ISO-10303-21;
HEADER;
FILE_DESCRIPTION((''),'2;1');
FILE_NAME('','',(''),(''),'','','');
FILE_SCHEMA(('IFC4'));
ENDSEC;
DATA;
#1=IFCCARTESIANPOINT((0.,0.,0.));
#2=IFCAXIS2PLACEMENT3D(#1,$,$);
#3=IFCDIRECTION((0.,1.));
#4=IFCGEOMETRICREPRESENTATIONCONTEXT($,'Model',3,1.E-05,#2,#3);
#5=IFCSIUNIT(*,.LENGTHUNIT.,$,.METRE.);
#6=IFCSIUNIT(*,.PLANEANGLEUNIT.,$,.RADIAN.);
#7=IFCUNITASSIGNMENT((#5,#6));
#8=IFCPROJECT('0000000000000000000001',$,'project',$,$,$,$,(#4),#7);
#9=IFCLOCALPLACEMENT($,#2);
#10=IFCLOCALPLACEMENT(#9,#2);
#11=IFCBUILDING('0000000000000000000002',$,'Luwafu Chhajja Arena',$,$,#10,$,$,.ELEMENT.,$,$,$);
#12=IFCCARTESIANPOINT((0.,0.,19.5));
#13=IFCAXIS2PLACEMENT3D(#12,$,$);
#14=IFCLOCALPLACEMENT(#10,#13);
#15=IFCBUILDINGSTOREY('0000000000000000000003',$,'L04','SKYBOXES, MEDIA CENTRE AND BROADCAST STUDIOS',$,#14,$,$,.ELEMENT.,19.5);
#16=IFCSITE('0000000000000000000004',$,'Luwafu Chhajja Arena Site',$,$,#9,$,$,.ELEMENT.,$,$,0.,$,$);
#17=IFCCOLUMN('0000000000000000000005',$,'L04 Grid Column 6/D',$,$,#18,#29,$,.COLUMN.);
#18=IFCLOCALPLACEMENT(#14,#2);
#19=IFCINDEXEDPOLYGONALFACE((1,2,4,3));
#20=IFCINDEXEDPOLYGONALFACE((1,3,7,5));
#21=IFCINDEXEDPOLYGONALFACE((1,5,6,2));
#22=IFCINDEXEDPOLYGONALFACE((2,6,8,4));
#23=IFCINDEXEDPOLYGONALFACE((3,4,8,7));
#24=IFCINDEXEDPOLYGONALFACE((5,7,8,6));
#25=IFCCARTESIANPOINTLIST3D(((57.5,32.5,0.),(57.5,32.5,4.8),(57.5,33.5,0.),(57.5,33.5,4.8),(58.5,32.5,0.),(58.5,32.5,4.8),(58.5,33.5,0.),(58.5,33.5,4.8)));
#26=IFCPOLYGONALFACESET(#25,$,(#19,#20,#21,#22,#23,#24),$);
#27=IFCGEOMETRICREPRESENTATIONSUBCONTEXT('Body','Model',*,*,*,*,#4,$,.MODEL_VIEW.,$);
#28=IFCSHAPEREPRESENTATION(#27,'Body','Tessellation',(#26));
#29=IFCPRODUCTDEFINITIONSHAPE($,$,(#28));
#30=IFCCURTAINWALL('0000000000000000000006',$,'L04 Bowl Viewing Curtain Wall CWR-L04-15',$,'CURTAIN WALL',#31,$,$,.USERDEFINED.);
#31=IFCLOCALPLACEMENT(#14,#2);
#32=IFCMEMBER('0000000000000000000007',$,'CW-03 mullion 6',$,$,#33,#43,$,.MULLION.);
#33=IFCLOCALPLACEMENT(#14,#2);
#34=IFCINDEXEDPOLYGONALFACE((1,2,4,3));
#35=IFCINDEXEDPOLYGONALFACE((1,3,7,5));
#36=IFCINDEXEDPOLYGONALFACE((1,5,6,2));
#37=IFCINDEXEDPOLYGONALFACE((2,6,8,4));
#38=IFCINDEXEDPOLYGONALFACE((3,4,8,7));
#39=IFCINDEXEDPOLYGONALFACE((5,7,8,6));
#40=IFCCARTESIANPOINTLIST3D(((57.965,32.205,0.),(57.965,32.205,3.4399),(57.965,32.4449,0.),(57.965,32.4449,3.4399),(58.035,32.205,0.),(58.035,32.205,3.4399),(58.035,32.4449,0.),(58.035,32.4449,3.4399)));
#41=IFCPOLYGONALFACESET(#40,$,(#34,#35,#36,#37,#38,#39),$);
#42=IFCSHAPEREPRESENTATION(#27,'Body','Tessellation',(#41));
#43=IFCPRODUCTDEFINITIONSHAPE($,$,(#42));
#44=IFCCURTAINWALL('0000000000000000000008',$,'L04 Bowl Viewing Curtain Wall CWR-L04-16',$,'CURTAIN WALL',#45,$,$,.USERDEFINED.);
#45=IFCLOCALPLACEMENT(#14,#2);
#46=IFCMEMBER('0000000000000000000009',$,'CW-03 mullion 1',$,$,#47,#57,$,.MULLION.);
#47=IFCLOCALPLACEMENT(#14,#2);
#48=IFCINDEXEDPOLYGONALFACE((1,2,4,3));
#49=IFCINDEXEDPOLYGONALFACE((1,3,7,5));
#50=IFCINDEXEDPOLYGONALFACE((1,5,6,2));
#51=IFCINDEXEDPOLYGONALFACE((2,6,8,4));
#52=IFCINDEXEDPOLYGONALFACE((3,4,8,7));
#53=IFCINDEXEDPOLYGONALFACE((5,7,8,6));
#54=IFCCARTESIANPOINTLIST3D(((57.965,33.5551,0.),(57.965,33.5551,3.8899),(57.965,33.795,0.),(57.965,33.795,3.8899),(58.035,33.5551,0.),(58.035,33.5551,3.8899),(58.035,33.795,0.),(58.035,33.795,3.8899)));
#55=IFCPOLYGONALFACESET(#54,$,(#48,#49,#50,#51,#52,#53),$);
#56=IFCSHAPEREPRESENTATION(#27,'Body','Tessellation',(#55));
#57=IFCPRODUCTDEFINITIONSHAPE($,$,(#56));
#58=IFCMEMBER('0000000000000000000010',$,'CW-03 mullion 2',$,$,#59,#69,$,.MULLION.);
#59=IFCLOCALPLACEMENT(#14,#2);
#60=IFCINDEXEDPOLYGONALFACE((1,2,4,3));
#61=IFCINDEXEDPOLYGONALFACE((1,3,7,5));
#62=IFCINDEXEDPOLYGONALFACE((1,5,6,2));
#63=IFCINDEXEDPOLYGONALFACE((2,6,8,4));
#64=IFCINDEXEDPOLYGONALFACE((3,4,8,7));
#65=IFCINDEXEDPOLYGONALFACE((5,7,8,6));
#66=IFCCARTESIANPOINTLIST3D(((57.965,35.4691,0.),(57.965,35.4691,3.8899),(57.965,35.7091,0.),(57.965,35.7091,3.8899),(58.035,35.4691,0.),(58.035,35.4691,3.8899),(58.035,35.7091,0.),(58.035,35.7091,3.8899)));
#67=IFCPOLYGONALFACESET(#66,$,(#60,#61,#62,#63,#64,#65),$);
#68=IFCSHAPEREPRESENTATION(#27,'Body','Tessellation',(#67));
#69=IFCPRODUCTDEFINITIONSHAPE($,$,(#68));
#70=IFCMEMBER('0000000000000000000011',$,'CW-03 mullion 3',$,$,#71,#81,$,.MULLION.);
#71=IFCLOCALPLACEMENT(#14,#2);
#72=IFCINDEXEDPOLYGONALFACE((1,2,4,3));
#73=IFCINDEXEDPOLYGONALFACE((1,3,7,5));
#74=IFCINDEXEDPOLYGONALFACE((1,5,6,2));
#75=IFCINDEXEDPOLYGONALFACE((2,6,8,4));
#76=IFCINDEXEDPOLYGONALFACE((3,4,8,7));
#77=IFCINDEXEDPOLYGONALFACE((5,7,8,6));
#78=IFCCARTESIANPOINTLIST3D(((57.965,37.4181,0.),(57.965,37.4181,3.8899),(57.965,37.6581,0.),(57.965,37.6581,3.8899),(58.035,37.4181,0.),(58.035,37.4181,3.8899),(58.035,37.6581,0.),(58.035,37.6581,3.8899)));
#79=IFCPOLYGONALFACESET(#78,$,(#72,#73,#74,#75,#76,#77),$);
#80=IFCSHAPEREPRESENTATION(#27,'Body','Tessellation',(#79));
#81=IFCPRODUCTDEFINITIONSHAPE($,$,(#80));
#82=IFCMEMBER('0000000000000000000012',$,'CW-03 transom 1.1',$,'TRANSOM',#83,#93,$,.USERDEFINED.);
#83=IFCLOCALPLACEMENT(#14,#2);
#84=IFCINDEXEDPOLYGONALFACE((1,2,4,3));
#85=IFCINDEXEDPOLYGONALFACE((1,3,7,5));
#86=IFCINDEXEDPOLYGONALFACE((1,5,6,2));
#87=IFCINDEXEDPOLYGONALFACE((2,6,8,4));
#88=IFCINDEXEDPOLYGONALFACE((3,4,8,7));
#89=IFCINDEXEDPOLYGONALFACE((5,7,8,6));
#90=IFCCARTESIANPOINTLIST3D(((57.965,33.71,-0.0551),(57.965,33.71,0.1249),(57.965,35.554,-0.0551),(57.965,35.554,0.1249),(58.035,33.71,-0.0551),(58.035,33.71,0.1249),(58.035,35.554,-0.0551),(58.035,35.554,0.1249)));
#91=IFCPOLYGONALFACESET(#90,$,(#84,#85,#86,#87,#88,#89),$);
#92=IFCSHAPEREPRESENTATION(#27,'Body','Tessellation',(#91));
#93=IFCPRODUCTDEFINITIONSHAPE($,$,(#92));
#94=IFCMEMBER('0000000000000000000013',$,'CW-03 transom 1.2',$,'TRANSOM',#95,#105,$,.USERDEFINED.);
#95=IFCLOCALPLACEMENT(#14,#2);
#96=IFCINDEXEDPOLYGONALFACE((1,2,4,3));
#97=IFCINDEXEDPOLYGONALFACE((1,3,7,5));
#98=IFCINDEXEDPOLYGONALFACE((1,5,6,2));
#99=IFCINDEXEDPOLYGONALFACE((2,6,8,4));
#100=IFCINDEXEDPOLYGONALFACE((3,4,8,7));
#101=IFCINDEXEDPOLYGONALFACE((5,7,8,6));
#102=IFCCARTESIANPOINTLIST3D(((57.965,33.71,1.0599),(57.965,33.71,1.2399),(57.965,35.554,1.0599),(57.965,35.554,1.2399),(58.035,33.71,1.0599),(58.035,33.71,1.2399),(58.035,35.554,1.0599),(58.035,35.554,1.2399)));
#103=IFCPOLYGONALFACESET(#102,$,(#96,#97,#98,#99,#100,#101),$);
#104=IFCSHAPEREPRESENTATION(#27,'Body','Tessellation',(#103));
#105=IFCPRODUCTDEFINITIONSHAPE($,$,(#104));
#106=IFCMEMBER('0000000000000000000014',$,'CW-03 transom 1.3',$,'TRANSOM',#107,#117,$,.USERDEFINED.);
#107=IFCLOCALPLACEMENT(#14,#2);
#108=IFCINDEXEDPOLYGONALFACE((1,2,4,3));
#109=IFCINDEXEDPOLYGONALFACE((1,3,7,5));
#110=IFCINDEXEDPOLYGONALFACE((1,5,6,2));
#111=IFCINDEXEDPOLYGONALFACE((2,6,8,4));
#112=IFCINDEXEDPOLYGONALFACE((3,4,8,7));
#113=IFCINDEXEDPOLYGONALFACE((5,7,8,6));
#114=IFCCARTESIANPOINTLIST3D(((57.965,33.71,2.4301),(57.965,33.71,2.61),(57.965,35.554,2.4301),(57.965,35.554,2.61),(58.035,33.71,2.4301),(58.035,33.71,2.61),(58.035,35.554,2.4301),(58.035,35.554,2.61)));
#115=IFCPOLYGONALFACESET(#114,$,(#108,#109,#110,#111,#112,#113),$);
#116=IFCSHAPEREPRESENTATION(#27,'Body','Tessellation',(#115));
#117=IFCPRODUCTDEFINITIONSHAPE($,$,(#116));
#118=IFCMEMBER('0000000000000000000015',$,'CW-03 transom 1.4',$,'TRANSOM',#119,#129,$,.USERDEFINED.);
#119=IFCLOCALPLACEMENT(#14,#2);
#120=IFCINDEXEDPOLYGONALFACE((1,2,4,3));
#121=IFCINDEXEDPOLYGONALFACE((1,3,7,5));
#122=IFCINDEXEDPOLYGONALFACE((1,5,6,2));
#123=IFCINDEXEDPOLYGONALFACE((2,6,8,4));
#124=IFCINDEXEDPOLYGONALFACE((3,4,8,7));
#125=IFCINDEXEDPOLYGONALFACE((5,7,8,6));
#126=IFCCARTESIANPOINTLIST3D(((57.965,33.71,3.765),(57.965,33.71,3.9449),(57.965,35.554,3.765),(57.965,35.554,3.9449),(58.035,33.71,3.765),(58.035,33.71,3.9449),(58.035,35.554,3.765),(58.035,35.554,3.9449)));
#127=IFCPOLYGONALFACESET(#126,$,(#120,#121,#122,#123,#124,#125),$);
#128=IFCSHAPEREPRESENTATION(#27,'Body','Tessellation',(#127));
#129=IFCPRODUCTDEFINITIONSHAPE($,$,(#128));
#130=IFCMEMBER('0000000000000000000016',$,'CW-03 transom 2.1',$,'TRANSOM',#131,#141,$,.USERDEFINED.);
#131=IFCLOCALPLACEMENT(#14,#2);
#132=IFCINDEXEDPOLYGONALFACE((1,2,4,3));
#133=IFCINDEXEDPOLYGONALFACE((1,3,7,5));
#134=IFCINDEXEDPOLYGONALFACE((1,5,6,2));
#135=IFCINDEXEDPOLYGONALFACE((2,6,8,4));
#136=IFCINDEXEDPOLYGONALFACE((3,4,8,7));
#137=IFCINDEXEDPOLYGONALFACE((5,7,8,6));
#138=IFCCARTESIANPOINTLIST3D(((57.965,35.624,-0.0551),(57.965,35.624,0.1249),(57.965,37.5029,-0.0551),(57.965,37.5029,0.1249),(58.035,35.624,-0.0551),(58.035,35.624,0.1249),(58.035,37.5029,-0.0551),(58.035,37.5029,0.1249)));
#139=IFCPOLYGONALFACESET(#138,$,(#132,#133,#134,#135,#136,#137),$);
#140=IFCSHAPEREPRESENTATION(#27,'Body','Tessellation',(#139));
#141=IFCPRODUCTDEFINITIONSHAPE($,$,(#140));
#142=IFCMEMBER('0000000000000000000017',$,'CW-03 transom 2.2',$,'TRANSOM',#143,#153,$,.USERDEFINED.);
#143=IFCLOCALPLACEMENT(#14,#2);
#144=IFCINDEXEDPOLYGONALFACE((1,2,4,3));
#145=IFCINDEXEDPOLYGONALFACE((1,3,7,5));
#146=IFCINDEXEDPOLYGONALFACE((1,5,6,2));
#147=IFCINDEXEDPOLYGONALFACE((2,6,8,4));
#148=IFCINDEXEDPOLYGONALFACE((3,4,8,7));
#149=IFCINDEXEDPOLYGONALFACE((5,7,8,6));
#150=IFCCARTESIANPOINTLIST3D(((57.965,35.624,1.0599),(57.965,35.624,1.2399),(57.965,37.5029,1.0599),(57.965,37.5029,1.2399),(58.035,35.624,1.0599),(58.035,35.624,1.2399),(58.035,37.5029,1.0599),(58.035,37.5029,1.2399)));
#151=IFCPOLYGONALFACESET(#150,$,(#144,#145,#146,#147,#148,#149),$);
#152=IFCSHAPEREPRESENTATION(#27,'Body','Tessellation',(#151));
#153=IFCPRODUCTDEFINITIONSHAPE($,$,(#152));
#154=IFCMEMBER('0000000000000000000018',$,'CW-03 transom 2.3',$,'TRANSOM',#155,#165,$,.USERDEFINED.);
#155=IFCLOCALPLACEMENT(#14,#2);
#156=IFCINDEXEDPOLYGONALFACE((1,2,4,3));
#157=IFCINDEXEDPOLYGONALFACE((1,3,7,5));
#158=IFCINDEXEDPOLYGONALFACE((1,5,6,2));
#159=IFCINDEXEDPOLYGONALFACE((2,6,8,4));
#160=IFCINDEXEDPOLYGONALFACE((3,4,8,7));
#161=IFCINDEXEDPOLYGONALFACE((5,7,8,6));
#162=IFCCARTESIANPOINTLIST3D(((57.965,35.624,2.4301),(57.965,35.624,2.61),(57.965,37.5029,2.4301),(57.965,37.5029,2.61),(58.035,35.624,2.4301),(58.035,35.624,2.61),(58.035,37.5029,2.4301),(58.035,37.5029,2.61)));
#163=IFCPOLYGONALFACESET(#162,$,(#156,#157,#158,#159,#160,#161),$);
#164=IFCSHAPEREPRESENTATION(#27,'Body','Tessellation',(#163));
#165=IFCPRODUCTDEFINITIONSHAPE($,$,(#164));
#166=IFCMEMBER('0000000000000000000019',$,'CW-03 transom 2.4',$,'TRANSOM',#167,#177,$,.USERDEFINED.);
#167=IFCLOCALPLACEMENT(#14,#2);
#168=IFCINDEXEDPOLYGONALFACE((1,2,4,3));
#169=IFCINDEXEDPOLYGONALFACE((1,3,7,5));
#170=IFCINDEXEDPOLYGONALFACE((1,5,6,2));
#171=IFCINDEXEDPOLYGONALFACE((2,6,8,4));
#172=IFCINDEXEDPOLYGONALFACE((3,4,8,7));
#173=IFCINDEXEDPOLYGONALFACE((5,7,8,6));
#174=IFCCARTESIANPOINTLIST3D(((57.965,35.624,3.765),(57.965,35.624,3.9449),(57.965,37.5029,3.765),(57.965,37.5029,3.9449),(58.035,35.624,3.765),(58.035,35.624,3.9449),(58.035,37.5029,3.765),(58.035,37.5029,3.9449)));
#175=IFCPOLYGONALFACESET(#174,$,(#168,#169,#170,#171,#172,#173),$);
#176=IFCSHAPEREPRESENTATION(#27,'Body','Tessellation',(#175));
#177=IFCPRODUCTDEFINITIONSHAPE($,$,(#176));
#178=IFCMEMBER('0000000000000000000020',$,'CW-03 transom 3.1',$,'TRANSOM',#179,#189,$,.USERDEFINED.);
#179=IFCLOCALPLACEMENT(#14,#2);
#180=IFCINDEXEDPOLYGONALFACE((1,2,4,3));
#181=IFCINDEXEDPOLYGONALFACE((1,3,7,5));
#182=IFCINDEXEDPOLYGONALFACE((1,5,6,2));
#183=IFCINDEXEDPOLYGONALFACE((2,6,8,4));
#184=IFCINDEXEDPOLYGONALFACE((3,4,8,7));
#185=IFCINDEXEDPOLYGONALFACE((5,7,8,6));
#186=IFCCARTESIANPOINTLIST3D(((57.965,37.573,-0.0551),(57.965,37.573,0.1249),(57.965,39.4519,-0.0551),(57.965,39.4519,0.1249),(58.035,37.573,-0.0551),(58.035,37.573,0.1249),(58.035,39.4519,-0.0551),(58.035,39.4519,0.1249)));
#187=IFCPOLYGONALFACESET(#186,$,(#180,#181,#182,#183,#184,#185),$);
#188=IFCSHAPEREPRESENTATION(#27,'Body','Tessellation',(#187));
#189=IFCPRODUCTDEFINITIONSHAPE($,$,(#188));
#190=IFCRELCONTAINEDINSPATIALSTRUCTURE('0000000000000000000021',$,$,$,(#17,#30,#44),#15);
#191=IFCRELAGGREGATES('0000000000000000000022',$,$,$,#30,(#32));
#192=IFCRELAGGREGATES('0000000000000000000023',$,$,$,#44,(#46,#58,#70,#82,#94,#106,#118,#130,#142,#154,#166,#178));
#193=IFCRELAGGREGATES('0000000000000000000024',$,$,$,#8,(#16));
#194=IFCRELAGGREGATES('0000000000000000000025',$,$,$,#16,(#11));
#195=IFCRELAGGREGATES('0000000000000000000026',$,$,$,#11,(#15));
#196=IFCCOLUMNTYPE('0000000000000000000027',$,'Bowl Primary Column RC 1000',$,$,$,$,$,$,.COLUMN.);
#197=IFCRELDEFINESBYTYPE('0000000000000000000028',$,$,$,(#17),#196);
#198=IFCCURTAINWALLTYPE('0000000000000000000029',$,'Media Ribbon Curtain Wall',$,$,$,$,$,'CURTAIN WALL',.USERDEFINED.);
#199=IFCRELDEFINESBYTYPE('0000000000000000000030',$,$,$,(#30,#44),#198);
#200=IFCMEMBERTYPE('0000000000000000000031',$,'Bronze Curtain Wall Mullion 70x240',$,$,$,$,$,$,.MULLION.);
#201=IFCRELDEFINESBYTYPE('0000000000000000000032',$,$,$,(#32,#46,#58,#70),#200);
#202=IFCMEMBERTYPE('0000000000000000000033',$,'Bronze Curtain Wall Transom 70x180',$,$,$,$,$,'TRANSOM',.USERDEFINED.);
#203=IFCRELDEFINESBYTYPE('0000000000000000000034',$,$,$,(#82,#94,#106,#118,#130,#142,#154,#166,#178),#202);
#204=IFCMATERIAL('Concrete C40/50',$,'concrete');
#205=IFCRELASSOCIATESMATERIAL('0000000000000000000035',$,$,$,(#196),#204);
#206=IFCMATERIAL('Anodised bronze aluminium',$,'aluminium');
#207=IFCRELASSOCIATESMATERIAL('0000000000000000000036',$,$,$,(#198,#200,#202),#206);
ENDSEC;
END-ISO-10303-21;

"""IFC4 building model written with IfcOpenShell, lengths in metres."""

from ifc_helpers import new_model, si_unit, direction, frame, origin, origin_2d, place, context, subcontext, project, spatial, rectangle, extrude, material, material_profile, profile_set, type_object, element, aggregate, save


model = new_model("IFC4")

# Units and contexts
model_context = context("Model", 3, precision=1e-05, world=origin(), true_north=direction((0.0, 1.0)))
body_context = subcontext(model_context, "Body", "Model", "MODEL_VIEW")
ifc_project = project(units=[si_unit("LENGTHUNIT", "METRE"), si_unit("PLANEANGLEUNIT", "RADIAN")], contexts=[model_context])

# Site, building, storey
site_placement = place(None, origin())
site = spatial("IfcSite", under=ifc_project, at=site_placement, Name="Luwafu Chhajja Arena Site", CompositionType="ELEMENT", RefElevation=0.0)
building_placement = place(site_placement, origin())
building = spatial("IfcBuilding", under=site, at=building_placement, Name="Luwafu Chhajja Arena", CompositionType="ELEMENT")
storey_placement = place(building_placement, frame((0.0, 0.0, 19.5)))
storey = spatial("IfcBuildingStorey", under=building, at=storey_placement, Name="L04", Description="SKYBOXES, MEDIA CENTRE AND BROADCAST STUDIOS", CompositionType="ELEMENT", Elevation=19.5)

# Column
ifc_material_1 = material(Name="Concrete C40/50", Category="concrete")
ifc_material_profile_1 = material_profile(ifc_material_1, rectangle(XDim=1.0, YDim=1.0, at=origin_2d()), Name="RC 1000x1000")
ifc_profile_set_1 = profile_set([ifc_material_profile_1], Name="Concrete C40/50")
column_type = type_object("IfcColumnType", Name="Bowl Primary Column RC 1000", PredefinedType="COLUMN", material=ifc_profile_set_1)
column_placement = place(storey_placement, frame((58.0, 33.0, 0.0), z_axis=(0.0, 0.0, 1.0), x_axis=(1.0, 0.0, 0.0)))
element("IfcColumn", 1, at=column_placement, inside=storey, type_object=column_type, Name="L04 Grid Column 6/D", PredefinedType="COLUMN", context=body_context, shape_type="SweptSolid", body=[
    extrude(rectangle(XDim=1.0, YDim=1.0, at=origin_2d()), origin(), (0.0, 0.0, 1.0), 4.8),
])

# Curtain wall, member
ifc_material_2 = material(Name="Anodised bronze aluminium", Category="aluminium")
curtain_wall_type = type_object("IfcCurtainWallType", Name="Media Ribbon Curtain Wall", ElementType="CURTAIN WALL", PredefinedType="USERDEFINED", material=ifc_material_2)
curtain_wall_1_placement = place(storey_placement, origin())
curtain_wall_1 = element("IfcCurtainWall", 2, at=curtain_wall_1_placement, inside=storey, type_object=curtain_wall_type, Name="L04 Bowl Viewing Curtain Wall CWR-L04-15", ObjectType="CURTAIN WALL", PredefinedType="USERDEFINED")
ifc_material_profile_2 = material_profile(ifc_material_2, rectangle(XDim=0.0701, YDim=0.24, at=origin_2d()), Name="CWM 70x240")
ifc_profile_set_2 = profile_set([ifc_material_profile_2], Name="Anodised bronze aluminium")
member_type_1 = type_object("IfcMemberType", Name="Bronze Curtain Wall Mullion 70x240", PredefinedType="MULLION", material=ifc_profile_set_2)
member_1_placement = place(storey_placement, frame((58.0, 32.325, 0.0), z_axis=(0.0, 0.0, 1.0), x_axis=(-1.0, 0.0, 0.0)))
member_1 = element("IfcMember", 3, at=member_1_placement, type_object=member_type_1, Name="CW-03 mullion 6", PredefinedType="MULLION", context=body_context, shape_type="SweptSolid", body=[
    extrude(rectangle(XDim=0.0701, YDim=0.24, at=origin_2d()), origin(), (0.0, 0.0, 1.0), 3.4399),
])

# Curtain wall, members
curtain_wall_2_placement = place(storey_placement, origin())
curtain_wall_2 = element("IfcCurtainWall", 4, at=curtain_wall_2_placement, inside=storey, type_object=curtain_wall_type, Name="L04 Bowl Viewing Curtain Wall CWR-L04-16", ObjectType="CURTAIN WALL", PredefinedType="USERDEFINED")
member_2_placement = place(storey_placement, frame((58.0, 33.675, 0.0), z_axis=(0.0, 0.0, 1.0), x_axis=(-1.0, 0.0, 0.0)))
member_2 = element("IfcMember", 5, at=member_2_placement, type_object=member_type_1, Name="CW-03 mullion 1", PredefinedType="MULLION", context=body_context, shape_type="SweptSolid", body=[
    extrude(rectangle(XDim=0.0701, YDim=0.24, at=origin_2d()), origin(), (0.0, 0.0, 1.0), 3.8899),
])
member_3_placement = place(storey_placement, frame((58.0, 35.5891, 0.0), z_axis=(0.0, 0.0, 1.0), x_axis=(-1.0, 0.0, 0.0)))
member_3 = element("IfcMember", 6, at=member_3_placement, type_object=member_type_1, Name="CW-03 mullion 2", PredefinedType="MULLION", context=body_context, shape_type="SweptSolid", body=[
    extrude(rectangle(XDim=0.0701, YDim=0.24, at=origin_2d()), origin(), (0.0, 0.0, 1.0), 3.8899),
])
member_4_placement = place(storey_placement, frame((58.0, 37.5381, 0.0), z_axis=(0.0, 0.0, 1.0), x_axis=(-1.0, 0.0, 0.0)))
member_4 = element("IfcMember", 7, at=member_4_placement, type_object=member_type_1, Name="CW-03 mullion 3", PredefinedType="MULLION", context=body_context, shape_type="SweptSolid", body=[
    extrude(rectangle(XDim=0.0701, YDim=0.24, at=origin_2d()), origin(), (0.0, 0.0, 1.0), 3.8899),
])
ifc_material_profile_3 = material_profile(ifc_material_2, rectangle(XDim=0.0701, YDim=0.1799, at=origin_2d()), Name="CWT 70x180")
ifc_profile_set_3 = profile_set([ifc_material_profile_3], Name="Anodised bronze aluminium")
member_type_2 = type_object("IfcMemberType", Name="Bronze Curtain Wall Transom 70x180", ElementType="TRANSOM", PredefinedType="USERDEFINED", material=ifc_profile_set_3)
member_5_placement = place(storey_placement, frame((58.0, 33.71, 0.0349), z_axis=(0.0, 1.0, 0.0), x_axis=(-1.0, 0.0, 0.0)))
member_5 = element("IfcMember", 8, at=member_5_placement, type_object=member_type_2, Name="CW-03 transom 1.1", ObjectType="TRANSOM", PredefinedType="USERDEFINED", context=body_context, shape_type="SweptSolid", body=[
    extrude(rectangle(XDim=0.0701, YDim=0.1799, at=origin_2d()), origin(), (0.0, 0.0, 1.0), 1.844),
])
member_6_placement = place(storey_placement, frame((58.0, 33.71, 1.1499), z_axis=(0.0, 1.0, 0.0), x_axis=(-1.0, 0.0, 0.0)))
member_6 = element("IfcMember", 9, at=member_6_placement, type_object=member_type_2, Name="CW-03 transom 1.2", ObjectType="TRANSOM", PredefinedType="USERDEFINED", context=body_context, shape_type="SweptSolid", body=[
    extrude(rectangle(XDim=0.0701, YDim=0.1799, at=origin_2d()), origin(), (0.0, 0.0, 1.0), 1.844),
])
member_7_placement = place(storey_placement, frame((58.0, 33.71, 2.52), z_axis=(0.0, 1.0, 0.0), x_axis=(-1.0, 0.0, 0.0)))
member_7 = element("IfcMember", 10, at=member_7_placement, type_object=member_type_2, Name="CW-03 transom 1.3", ObjectType="TRANSOM", PredefinedType="USERDEFINED", context=body_context, shape_type="SweptSolid", body=[
    extrude(rectangle(XDim=0.0701, YDim=0.1799, at=origin_2d()), origin(), (0.0, 0.0, 1.0), 1.844),
])
member_8_placement = place(storey_placement, frame((58.0, 33.71, 3.855), z_axis=(0.0, 1.0, 0.0), x_axis=(-1.0, 0.0, 0.0)))
member_8 = element("IfcMember", 11, at=member_8_placement, type_object=member_type_2, Name="CW-03 transom 1.4", ObjectType="TRANSOM", PredefinedType="USERDEFINED", context=body_context, shape_type="SweptSolid", body=[
    extrude(rectangle(XDim=0.0701, YDim=0.1799, at=origin_2d()), origin(), (0.0, 0.0, 1.0), 1.844),
])
member_9_placement = place(storey_placement, frame((58.0, 35.624, 0.0349), z_axis=(0.0, 1.0, 0.0), x_axis=(-1.0, 0.0, 0.0)))
member_9 = element("IfcMember", 12, at=member_9_placement, type_object=member_type_2, Name="CW-03 transom 2.1", ObjectType="TRANSOM", PredefinedType="USERDEFINED", context=body_context, shape_type="SweptSolid", body=[
    extrude(rectangle(XDim=0.0701, YDim=0.1799, at=origin_2d()), origin(), (0.0, 0.0, 1.0), 1.8789),
])
member_10_placement = place(storey_placement, frame((58.0, 35.624, 1.1499), z_axis=(0.0, 1.0, 0.0), x_axis=(-1.0, 0.0, 0.0)))
member_10 = element("IfcMember", 13, at=member_10_placement, type_object=member_type_2, Name="CW-03 transom 2.2", ObjectType="TRANSOM", PredefinedType="USERDEFINED", context=body_context, shape_type="SweptSolid", body=[
    extrude(rectangle(XDim=0.0701, YDim=0.1799, at=origin_2d()), origin(), (0.0, 0.0, 1.0), 1.8789),
])
member_11_placement = place(storey_placement, frame((58.0, 35.624, 2.52), z_axis=(0.0, 1.0, 0.0), x_axis=(-1.0, 0.0, 0.0)))
member_11 = element("IfcMember", 14, at=member_11_placement, type_object=member_type_2, Name="CW-03 transom 2.3", ObjectType="TRANSOM", PredefinedType="USERDEFINED", context=body_context, shape_type="SweptSolid", body=[
    extrude(rectangle(XDim=0.0701, YDim=0.1799, at=origin_2d()), origin(), (0.0, 0.0, 1.0), 1.8789),
])
member_12_placement = place(storey_placement, frame((58.0, 35.624, 3.855), z_axis=(0.0, 1.0, 0.0), x_axis=(-1.0, 0.0, 0.0)))
member_12 = element("IfcMember", 15, at=member_12_placement, type_object=member_type_2, Name="CW-03 transom 2.4", ObjectType="TRANSOM", PredefinedType="USERDEFINED", context=body_context, shape_type="SweptSolid", body=[
    extrude(rectangle(XDim=0.0701, YDim=0.1799, at=origin_2d()), origin(), (0.0, 0.0, 1.0), 1.8789),
])
member_13_placement = place(storey_placement, frame((58.0, 37.573, 0.0349), z_axis=(0.0, 1.0, 0.0), x_axis=(-1.0, 0.0, 0.0)))
member_13 = element("IfcMember", 16, at=member_13_placement, type_object=member_type_2, Name="CW-03 transom 3.1", ObjectType="TRANSOM", PredefinedType="USERDEFINED", context=body_context, shape_type="SweptSolid", body=[
    extrude(rectangle(XDim=0.0701, YDim=0.1799, at=origin_2d()), origin(), (0.0, 0.0, 1.0), 1.8789),
])

aggregate(curtain_wall_1, [member_1])
aggregate(curtain_wall_2, [member_2, member_3, member_4, member_5, member_6, member_7, member_8, member_9, member_10, member_11, member_12, member_13])

save(model, "model.ifc")
